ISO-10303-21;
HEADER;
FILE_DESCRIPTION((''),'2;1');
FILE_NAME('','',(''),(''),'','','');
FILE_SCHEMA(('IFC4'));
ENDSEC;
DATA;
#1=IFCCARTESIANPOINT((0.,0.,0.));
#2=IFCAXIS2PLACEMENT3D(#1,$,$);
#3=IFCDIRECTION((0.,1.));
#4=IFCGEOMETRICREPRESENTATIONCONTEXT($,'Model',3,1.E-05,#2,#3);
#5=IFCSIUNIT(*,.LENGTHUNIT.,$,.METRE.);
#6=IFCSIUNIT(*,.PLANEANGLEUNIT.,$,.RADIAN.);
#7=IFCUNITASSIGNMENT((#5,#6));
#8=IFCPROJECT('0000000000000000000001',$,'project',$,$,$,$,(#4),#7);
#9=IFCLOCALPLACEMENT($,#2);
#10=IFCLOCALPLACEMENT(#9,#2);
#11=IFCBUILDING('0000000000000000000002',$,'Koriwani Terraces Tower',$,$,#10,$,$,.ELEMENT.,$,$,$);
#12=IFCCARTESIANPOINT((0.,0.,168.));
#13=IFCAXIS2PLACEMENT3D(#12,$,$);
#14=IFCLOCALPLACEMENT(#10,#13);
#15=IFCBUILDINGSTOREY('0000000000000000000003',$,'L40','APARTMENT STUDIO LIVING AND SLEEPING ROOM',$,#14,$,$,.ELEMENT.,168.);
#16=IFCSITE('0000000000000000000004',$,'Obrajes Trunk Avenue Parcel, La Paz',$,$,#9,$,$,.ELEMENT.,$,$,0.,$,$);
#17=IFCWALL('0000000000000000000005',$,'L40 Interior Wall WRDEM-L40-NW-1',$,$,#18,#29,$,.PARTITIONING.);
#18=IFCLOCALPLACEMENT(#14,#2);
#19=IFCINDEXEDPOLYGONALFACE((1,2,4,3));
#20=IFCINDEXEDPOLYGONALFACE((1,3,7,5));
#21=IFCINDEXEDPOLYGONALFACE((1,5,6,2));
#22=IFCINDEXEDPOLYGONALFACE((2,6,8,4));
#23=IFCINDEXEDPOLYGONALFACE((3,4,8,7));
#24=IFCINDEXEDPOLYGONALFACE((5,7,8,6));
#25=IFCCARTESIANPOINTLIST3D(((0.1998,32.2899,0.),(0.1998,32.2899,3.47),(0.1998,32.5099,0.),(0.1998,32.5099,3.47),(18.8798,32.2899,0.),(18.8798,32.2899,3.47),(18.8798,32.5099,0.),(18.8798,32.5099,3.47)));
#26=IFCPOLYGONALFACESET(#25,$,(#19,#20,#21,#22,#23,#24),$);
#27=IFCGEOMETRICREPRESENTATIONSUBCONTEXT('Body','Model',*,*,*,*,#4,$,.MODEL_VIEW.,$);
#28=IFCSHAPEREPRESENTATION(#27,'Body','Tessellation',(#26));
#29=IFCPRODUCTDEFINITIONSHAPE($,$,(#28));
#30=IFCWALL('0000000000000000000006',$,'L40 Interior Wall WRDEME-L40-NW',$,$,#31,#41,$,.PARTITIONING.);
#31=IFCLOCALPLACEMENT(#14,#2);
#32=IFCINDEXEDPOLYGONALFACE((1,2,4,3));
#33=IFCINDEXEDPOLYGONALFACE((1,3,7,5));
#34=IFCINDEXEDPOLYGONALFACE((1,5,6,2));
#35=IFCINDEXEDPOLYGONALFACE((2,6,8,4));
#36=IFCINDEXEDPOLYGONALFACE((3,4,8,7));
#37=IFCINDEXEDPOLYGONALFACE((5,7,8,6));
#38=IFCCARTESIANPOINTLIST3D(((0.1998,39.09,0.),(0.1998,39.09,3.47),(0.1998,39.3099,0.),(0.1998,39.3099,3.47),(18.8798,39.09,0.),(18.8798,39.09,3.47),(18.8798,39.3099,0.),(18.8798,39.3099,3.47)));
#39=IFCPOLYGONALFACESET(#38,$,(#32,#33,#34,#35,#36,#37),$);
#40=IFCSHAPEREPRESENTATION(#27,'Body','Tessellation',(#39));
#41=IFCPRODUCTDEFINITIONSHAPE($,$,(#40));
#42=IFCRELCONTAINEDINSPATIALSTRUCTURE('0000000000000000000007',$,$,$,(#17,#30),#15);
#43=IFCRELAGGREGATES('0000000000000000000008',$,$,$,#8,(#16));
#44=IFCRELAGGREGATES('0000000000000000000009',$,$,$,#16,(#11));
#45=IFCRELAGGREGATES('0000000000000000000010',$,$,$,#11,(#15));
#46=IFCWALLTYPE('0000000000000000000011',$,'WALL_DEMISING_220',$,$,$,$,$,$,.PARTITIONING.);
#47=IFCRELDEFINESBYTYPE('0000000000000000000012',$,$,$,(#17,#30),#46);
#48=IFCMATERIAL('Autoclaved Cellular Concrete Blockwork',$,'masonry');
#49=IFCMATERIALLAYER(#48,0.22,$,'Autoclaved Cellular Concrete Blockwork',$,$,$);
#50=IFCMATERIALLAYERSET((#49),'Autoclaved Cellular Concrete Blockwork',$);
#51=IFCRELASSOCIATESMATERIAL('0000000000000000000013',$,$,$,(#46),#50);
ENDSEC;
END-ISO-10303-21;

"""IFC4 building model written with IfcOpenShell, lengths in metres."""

from ifc_helpers import new_model, si_unit, direction, frame, frame_2d, origin, place, context, subcontext, project, spatial, rectangle, extrude, material, layer, layer_set, type_object, element, save


model = new_model("IFC4")

# Units and contexts
model_context = context("Model", 3, precision=1e-05, world=origin(), true_north=direction((0.0, 1.0)))
body_context = subcontext(model_context, "Body", "Model", "MODEL_VIEW")
ifc_project = project(units=[si_unit("LENGTHUNIT", "METRE"), si_unit("PLANEANGLEUNIT", "RADIAN")], contexts=[model_context])

# Site, building, storey
site_placement = place(None, origin())
site = spatial("IfcSite", under=ifc_project, at=site_placement, Name="Obrajes Trunk Avenue Parcel, La Paz", CompositionType="ELEMENT", RefElevation=0.0)
building_placement = place(site_placement, origin())
building = spatial("IfcBuilding", under=site, at=building_placement, Name="Koriwani Terraces Tower", CompositionType="ELEMENT")
storey_placement = place(building_placement, frame((0.0, 0.0, 168.0)))
storey = spatial("IfcBuildingStorey", under=building, at=storey_placement, Name="L40", Description="APARTMENT STUDIO LIVING AND SLEEPING ROOM", CompositionType="ELEMENT", Elevation=168.0)

# Shared definitions
ifc_material_1 = material(Name="Autoclaved Cellular Concrete Blockwork", Category="masonry")

# Walls
ifc_layer_1 = layer(ifc_material_1, 0.22, Name="Autoclaved Cellular Concrete Blockwork")
ifc_layer_set_1 = layer_set([ifc_layer_1], Name="Autoclaved Cellular Concrete Blockwork")
wall_type_1 = type_object("IfcWallType", Name="WALL_DEMISING_220", PredefinedType="PARTITIONING", material=ifc_layer_set_1)
for number, where, z_axis, x_axis, name in (
    (1, (0.2, 32.3999, 0.0), (0.0, 0.0, 1.0), (1.0, 0.0, 0.0), "L40 Interior Wall WRDEM-L40-NW-1"),
    (2, (0.2, 39.2, 0.0), (0.0, 0.0, 1.0), (1.0, 0.0, 0.0), "L40 Interior Wall WRDEME-L40-NW"),
):
    element("IfcWall", number, at=place(storey_placement, frame(where, z_axis=z_axis, x_axis=x_axis)), inside=storey, type_object=wall_type_1, Name=name, PredefinedType="PARTITIONING", context=body_context, shape_type="SweptSolid", body=[
        extrude(rectangle(XDim=18.6799, YDim=0.22, at=frame_2d((9.3398, 0.0))), origin(), (0.0, 0.0, 1.0), 3.47),
    ])

save(model, "model.ifc")
